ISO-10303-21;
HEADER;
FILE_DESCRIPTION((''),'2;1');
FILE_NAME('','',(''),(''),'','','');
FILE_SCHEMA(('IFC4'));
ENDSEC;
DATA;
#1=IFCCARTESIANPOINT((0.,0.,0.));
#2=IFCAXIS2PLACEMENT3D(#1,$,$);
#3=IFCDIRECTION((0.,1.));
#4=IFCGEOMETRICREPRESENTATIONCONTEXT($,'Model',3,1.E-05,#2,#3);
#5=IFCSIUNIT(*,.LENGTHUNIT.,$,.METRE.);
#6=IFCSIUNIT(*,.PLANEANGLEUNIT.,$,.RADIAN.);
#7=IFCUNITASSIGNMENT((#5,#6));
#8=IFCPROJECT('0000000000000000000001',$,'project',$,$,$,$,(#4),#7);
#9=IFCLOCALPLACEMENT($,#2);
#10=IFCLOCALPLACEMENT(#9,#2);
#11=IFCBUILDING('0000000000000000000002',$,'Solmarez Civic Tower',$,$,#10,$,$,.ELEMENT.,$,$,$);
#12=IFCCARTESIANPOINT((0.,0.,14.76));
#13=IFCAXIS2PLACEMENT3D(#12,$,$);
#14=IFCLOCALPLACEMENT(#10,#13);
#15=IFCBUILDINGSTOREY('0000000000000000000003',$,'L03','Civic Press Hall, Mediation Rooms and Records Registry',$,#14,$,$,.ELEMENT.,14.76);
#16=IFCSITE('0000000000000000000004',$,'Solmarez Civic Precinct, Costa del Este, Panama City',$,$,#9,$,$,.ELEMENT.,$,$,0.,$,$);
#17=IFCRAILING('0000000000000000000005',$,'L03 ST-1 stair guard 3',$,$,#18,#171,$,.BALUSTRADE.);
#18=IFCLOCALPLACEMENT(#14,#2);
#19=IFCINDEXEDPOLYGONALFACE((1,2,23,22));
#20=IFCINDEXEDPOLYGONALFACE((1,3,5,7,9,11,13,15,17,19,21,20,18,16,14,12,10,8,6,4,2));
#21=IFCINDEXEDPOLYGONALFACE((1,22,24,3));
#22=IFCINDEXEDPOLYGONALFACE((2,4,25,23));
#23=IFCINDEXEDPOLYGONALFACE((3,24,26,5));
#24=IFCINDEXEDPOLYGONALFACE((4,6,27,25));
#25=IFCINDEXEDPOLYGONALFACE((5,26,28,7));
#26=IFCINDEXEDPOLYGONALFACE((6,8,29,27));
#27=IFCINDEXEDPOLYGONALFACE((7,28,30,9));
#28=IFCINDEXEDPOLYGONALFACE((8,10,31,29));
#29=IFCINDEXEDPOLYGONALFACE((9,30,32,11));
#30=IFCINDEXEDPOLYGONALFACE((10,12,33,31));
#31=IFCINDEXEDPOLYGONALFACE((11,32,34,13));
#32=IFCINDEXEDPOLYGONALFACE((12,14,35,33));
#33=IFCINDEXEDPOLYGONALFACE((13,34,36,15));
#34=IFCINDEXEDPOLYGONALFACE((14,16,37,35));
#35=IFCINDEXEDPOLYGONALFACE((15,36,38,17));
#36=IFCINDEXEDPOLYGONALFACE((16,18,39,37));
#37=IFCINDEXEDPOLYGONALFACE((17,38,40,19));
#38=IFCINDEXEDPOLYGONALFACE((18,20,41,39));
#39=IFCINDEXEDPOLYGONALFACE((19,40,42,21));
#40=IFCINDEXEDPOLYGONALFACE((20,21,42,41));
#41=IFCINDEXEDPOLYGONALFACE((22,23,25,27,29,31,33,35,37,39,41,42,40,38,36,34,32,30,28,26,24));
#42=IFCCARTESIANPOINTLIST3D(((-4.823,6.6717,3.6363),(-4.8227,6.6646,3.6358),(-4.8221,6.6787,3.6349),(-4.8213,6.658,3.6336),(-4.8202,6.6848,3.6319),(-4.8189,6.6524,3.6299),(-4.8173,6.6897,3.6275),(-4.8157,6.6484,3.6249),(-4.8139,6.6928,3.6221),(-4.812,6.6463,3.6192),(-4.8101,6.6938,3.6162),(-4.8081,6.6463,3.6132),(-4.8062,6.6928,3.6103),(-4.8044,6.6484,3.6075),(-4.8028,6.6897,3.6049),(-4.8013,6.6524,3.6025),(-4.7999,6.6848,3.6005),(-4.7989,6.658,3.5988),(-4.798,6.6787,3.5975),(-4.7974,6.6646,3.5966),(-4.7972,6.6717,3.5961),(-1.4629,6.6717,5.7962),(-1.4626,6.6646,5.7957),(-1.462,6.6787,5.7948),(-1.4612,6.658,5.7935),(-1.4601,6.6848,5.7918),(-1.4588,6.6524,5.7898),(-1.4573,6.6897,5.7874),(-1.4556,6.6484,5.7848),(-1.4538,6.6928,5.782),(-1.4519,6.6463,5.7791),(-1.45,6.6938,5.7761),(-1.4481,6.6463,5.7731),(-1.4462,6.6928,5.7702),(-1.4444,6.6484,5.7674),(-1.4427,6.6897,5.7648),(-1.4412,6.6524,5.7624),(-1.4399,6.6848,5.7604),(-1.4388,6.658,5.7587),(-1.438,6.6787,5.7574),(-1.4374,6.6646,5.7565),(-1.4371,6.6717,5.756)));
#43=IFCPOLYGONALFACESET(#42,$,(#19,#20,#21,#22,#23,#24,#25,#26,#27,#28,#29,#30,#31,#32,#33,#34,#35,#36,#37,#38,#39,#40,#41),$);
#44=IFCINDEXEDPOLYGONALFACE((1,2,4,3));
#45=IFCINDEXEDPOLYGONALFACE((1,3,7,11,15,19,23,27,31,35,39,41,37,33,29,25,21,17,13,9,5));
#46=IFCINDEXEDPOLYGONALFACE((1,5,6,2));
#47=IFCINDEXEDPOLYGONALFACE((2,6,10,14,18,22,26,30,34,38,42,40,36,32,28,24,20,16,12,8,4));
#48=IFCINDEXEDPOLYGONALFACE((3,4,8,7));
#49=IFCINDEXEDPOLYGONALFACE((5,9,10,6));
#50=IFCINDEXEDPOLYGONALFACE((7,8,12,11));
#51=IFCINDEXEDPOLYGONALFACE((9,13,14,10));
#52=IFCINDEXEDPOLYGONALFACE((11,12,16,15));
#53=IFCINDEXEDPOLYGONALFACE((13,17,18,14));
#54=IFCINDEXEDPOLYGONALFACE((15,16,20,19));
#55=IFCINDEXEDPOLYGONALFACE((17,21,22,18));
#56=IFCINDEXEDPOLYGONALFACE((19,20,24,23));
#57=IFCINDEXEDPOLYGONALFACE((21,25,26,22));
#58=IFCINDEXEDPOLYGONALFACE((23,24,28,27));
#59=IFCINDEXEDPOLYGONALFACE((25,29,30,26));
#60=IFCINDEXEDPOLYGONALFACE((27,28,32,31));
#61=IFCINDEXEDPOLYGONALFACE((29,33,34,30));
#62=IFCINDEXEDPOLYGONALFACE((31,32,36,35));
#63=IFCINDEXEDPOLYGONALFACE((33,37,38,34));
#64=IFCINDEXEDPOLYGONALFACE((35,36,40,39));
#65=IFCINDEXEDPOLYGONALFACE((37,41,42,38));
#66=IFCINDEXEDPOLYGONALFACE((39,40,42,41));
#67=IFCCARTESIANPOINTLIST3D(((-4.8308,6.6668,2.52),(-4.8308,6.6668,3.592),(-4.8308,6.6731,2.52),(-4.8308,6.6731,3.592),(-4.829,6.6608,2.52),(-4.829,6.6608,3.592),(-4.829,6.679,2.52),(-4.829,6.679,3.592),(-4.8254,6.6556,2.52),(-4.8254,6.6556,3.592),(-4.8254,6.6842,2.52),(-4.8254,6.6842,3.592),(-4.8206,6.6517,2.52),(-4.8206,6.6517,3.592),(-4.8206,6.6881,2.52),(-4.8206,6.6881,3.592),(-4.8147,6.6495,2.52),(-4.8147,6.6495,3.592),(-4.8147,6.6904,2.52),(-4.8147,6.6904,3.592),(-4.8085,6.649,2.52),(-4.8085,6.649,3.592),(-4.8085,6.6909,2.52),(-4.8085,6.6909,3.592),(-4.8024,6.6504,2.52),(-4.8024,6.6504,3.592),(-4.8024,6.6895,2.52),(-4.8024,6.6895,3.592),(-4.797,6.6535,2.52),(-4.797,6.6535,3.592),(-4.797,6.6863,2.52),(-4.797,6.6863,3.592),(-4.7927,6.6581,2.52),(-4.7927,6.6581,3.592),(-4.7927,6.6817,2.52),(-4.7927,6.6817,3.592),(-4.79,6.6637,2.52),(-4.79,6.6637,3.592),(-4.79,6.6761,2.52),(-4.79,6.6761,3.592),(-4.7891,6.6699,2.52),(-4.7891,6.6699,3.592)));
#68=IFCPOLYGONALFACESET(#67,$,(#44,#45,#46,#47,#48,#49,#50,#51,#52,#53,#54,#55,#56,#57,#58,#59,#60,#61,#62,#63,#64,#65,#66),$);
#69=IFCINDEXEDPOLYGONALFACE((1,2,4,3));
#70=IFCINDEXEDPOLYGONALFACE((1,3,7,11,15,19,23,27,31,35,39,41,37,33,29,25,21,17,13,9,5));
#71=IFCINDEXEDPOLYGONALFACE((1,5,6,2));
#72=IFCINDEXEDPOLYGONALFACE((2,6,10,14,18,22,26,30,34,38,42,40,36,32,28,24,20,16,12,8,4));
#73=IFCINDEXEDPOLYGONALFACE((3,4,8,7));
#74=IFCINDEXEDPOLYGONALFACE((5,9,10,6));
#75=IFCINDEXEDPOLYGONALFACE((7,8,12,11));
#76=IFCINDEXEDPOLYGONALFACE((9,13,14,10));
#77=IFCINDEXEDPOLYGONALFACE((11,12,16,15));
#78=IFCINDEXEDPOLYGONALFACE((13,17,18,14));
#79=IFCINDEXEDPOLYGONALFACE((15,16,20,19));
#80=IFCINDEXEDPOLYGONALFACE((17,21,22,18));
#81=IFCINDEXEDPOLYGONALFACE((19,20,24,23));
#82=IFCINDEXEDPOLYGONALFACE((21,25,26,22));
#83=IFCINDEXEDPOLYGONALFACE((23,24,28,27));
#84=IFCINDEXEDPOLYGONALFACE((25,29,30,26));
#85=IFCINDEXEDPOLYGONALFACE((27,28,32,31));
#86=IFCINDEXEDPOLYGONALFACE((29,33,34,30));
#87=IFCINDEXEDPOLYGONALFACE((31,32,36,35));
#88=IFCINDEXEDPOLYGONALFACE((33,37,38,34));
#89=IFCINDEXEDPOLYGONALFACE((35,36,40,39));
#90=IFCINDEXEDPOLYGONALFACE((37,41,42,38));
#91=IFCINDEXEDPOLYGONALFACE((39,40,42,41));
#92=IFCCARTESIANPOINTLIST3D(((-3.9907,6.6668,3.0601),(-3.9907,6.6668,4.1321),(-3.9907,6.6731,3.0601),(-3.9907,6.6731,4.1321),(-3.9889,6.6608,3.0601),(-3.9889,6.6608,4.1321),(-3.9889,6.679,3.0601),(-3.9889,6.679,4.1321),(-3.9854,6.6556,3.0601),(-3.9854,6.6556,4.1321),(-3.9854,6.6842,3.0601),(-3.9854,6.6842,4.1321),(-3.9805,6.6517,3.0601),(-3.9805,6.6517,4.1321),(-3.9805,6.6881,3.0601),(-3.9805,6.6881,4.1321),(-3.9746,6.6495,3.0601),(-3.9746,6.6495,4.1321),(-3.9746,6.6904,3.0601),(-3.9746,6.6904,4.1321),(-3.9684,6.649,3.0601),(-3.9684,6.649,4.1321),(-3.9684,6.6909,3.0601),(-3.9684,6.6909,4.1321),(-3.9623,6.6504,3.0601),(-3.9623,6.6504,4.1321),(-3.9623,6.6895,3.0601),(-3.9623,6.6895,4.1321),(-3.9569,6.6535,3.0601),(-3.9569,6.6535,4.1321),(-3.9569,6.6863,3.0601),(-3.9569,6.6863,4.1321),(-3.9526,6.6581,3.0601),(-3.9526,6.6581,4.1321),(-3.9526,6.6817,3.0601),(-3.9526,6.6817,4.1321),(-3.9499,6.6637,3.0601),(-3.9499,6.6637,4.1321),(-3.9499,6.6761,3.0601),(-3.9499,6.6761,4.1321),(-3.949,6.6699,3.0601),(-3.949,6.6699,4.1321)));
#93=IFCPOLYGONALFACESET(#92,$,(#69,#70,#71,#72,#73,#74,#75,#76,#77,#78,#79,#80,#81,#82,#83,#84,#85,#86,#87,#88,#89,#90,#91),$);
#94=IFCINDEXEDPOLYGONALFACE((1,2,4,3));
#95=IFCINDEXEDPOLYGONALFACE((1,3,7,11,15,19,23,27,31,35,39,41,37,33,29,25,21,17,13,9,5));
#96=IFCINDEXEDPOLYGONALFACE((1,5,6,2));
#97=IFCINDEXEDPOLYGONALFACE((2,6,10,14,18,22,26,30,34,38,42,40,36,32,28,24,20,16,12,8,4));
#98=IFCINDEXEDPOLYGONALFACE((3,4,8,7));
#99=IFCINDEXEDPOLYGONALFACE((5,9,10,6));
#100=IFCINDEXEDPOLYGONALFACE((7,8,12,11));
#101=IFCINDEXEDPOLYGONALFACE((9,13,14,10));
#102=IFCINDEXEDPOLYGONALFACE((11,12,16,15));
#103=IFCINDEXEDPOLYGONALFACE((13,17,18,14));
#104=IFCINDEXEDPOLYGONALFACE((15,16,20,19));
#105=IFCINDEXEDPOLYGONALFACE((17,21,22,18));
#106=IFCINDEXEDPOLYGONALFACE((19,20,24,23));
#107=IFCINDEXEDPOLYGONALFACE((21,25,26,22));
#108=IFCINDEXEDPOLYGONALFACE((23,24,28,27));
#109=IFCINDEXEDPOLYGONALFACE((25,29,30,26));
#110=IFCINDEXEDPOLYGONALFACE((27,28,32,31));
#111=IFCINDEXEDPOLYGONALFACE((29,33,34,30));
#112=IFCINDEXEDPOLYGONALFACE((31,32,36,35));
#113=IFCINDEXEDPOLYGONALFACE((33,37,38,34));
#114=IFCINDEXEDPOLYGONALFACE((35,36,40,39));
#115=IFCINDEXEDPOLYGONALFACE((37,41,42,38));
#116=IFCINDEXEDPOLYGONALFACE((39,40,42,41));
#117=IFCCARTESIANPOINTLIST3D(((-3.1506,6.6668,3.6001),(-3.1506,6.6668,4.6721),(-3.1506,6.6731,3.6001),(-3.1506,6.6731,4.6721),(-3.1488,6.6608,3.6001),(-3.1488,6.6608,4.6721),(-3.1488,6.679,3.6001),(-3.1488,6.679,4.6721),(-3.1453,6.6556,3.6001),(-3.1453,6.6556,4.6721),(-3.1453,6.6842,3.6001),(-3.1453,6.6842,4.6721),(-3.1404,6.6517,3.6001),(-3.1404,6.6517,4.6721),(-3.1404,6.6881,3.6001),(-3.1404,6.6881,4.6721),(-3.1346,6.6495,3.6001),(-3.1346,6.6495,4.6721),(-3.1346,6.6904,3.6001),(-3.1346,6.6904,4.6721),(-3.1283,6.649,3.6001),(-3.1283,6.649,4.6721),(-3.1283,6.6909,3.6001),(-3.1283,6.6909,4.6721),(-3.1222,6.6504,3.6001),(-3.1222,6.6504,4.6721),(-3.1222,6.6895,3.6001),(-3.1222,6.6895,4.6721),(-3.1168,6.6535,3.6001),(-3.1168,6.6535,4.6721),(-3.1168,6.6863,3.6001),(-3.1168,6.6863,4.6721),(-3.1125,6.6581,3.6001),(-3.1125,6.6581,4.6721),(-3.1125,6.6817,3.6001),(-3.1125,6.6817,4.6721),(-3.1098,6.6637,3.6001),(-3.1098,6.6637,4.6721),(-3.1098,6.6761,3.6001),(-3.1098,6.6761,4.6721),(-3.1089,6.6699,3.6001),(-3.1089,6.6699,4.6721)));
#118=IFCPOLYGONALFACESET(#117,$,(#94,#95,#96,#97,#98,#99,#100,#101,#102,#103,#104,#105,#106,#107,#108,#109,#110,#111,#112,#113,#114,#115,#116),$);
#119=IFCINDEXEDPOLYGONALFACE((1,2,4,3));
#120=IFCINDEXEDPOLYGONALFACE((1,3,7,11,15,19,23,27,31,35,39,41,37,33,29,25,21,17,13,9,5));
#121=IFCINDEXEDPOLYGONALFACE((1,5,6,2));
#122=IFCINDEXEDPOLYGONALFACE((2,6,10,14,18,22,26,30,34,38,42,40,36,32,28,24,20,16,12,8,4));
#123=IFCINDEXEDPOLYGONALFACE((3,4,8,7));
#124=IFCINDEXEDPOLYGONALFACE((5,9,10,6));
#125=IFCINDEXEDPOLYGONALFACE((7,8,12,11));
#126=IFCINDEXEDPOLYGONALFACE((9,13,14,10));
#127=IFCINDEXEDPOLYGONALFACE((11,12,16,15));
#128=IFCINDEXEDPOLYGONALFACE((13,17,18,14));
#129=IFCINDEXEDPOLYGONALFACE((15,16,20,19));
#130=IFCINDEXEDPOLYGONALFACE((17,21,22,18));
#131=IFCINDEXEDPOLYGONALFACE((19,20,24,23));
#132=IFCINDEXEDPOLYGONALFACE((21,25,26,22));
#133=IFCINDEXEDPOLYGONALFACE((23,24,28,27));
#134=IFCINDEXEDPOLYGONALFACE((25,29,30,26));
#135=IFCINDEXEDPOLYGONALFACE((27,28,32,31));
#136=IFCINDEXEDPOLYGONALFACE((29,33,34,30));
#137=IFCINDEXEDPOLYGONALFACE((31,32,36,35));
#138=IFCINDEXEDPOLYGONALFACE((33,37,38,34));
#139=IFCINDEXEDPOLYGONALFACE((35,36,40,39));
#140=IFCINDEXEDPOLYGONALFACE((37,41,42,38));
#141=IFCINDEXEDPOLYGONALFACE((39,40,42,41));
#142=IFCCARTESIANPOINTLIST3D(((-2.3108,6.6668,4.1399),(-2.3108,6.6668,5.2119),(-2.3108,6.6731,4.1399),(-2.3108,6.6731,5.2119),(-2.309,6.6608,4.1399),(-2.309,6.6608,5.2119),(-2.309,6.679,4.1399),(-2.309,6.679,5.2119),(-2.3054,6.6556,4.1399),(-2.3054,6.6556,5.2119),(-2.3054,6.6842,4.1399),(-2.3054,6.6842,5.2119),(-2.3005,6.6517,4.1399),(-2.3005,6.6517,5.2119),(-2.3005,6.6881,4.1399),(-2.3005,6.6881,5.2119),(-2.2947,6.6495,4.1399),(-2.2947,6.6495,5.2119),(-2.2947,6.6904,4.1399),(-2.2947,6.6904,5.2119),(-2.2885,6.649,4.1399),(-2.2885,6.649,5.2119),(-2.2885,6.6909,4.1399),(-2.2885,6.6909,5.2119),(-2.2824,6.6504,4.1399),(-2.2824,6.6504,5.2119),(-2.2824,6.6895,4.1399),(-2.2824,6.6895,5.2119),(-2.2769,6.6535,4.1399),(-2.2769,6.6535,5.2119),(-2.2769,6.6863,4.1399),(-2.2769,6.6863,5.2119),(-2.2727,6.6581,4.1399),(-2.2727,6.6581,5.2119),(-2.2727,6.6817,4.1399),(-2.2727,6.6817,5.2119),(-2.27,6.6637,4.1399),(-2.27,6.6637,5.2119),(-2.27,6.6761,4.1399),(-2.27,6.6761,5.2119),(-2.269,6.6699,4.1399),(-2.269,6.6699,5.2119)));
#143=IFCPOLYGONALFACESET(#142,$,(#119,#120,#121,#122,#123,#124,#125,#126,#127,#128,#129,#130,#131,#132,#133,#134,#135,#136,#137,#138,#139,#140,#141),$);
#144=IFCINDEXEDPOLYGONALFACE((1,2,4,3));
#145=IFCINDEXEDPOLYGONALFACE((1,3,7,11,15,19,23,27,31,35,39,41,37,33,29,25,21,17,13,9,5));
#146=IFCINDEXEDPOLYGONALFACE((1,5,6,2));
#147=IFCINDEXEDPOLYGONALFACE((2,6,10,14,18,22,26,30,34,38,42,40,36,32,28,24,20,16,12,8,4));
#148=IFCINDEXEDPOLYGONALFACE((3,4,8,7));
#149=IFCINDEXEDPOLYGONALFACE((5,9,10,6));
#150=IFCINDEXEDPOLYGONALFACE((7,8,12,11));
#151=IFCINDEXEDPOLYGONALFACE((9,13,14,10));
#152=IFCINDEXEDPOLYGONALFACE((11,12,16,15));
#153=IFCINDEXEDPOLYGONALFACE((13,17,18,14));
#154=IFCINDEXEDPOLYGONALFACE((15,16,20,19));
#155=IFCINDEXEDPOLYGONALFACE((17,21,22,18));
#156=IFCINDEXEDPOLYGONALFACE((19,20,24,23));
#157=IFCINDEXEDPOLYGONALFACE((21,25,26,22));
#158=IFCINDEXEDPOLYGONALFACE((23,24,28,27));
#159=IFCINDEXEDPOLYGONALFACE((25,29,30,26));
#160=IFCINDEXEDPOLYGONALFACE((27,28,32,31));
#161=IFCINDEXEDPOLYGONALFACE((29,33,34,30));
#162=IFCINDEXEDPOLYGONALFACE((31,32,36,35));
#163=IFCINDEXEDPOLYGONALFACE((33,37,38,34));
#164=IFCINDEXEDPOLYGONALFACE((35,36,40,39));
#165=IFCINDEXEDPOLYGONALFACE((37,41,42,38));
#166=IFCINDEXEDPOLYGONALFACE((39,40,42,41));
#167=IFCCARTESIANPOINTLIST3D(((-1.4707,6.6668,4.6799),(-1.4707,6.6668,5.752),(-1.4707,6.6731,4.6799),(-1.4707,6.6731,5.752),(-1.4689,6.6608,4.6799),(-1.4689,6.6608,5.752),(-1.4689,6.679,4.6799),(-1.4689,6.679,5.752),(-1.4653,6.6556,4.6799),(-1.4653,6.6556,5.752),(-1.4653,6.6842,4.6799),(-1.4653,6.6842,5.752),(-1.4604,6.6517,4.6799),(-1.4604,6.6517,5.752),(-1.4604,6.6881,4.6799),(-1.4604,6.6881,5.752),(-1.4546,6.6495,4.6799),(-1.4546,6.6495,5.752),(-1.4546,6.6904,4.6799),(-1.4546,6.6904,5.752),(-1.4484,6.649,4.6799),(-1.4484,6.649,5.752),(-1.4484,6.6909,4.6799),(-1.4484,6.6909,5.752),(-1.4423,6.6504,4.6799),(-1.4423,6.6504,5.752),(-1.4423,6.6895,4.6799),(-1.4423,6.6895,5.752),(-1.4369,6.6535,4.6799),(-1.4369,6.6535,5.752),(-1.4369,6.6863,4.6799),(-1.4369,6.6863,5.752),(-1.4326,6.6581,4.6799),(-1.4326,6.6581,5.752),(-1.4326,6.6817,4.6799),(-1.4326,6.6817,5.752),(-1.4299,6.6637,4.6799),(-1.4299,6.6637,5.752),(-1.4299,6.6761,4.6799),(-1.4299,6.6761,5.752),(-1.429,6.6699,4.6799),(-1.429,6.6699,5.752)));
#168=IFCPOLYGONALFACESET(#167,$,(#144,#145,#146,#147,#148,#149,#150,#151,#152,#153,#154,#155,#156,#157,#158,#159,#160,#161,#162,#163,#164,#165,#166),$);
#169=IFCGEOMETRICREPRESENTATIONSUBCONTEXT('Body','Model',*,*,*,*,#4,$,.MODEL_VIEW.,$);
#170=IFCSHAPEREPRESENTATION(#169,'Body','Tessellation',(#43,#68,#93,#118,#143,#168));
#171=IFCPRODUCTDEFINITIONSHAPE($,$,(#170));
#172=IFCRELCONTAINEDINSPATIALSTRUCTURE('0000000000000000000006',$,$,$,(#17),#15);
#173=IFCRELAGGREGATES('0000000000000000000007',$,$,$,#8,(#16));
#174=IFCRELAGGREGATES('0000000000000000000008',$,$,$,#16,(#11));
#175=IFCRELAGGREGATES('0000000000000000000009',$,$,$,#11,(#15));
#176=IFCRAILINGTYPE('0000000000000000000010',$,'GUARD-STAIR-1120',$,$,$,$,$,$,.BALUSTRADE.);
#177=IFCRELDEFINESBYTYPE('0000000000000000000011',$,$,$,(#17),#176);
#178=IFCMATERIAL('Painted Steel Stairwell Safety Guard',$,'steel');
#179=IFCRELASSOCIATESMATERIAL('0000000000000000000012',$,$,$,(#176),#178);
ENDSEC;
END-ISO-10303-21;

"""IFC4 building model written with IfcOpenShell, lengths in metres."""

from ifc_helpers import new_model, si_unit, direction, frame, origin, origin_2d, place, context, subcontext, project, spatial, circle, extrude, material, type_object, element, save


model = new_model("IFC4")

# Units and contexts
model_context = context("Model", 3, precision=1e-05, world=origin(), true_north=direction((0.0, 1.0)))
body_context = subcontext(model_context, "Body", "Model", "MODEL_VIEW")
ifc_project = project(units=[si_unit("LENGTHUNIT", "METRE"), si_unit("PLANEANGLEUNIT", "RADIAN")], contexts=[model_context])

# Site, building, storey
site_placement = place(None, origin())
site = spatial("IfcSite", under=ifc_project, at=site_placement, Name="Solmarez Civic Precinct, Costa del Este, Panama City", CompositionType="ELEMENT", RefElevation=0.0)
building_placement = place(site_placement, origin())
building = spatial("IfcBuilding", under=site, at=building_placement, Name="Solmarez Civic Tower", CompositionType="ELEMENT")
storey_placement = place(building_placement, frame((0.0, 0.0, 14.76)))
storey = spatial("IfcBuildingStorey", under=building, at=storey_placement, Name="L03", Description="Civic Press Hall, Mediation Rooms and Records Registry", CompositionType="ELEMENT", Elevation=14.76)

# Railing
ifc_material_1 = material(Name="Painted Steel Stairwell Safety Guard", Category="steel")
railing_type_1 = type_object("IfcRailingType", Name="GUARD-STAIR-1120", PredefinedType="BALUSTRADE", material=ifc_material_1)
railing_1_placement = place(storey_placement, frame((-4.8101, 6.6699, 2.52)))
element("IfcRailing", 1, at=railing_1_placement, inside=storey, type_object=railing_type_1, Name="L03 ST-1 stair guard 3", PredefinedType="BALUSTRADE", context=body_context, shape_type="SweptSolid", body=[
    extrude(circle(Radius=0.0239, at=origin_2d()), frame((0.0, 0.0, 1.0962), z_axis=(0.841196, 0.0, 0.54073), x_axis=(0.0, 1.0, 0.0)), (0.0, 0.0, 1.0), 3.9944),
    extrude(circle(Radius=0.021, at=origin_2d()), origin(), (0.0, 0.0, 1.0), 1.072),
    extrude(circle(Radius=0.021, at=origin_2d()), frame((0.8401, 0.0, 0.54)), (0.0, 0.0, 1.0), 1.072),
    extrude(circle(Radius=0.021, at=origin_2d()), frame((1.6802, 0.0, 1.0801)), (0.0, 0.0, 1.0), 1.072),
    extrude(circle(Radius=0.021, at=origin_2d()), frame((2.52, 0.0, 1.6199)), (0.0, 0.0, 1.0), 1.072),
    extrude(circle(Radius=0.021, at=origin_2d()), frame((3.3601, 0.0, 2.1599)), (0.0, 0.0, 1.0), 1.072),
])

save(model, "model.ifc")
